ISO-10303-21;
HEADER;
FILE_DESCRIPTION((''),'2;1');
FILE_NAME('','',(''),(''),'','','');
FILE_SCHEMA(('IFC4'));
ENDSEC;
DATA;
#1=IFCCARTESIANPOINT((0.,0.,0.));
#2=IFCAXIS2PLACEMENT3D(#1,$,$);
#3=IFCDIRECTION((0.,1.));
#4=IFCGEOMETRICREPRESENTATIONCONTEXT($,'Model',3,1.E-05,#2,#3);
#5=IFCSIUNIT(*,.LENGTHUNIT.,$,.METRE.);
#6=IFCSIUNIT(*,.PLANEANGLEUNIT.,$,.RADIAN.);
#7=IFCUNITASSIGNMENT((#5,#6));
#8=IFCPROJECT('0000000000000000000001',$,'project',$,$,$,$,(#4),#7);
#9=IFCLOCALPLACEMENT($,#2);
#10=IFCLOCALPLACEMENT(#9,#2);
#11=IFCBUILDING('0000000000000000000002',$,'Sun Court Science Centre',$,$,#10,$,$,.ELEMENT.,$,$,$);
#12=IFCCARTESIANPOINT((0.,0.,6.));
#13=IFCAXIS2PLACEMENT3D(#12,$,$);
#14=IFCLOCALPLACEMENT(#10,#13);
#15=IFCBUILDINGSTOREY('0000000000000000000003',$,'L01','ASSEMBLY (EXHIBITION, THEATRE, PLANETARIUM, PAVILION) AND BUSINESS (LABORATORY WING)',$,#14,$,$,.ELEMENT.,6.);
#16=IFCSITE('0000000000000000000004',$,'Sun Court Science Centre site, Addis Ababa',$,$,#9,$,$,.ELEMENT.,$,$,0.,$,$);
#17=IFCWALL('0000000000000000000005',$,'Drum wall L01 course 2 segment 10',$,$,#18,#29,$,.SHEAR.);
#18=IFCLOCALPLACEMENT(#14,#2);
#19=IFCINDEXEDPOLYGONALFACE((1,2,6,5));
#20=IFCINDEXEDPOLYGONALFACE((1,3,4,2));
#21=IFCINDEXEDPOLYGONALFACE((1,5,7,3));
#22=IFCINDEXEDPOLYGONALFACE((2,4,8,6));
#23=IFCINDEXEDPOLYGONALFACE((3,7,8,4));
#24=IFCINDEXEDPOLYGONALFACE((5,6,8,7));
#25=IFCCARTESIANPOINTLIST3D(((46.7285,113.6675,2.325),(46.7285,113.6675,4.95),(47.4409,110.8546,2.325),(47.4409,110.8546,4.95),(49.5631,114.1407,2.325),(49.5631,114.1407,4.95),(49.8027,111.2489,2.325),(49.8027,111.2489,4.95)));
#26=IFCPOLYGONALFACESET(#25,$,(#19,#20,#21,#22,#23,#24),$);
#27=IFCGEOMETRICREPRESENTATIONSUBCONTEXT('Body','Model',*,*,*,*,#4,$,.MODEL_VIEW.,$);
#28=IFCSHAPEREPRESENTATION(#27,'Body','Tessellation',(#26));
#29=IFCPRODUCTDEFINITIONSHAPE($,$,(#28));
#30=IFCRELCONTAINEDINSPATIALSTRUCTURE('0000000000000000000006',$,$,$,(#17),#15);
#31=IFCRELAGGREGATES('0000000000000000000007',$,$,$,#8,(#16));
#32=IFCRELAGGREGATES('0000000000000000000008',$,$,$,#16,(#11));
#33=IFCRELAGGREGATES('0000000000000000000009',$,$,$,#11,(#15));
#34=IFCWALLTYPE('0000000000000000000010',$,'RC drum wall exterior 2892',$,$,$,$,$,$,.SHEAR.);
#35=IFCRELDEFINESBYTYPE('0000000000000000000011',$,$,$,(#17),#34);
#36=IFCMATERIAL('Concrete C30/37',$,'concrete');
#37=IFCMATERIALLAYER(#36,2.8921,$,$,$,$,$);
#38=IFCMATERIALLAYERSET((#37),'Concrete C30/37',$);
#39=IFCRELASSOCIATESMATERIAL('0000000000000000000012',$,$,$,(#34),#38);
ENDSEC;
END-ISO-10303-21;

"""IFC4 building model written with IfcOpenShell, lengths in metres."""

from ifc_helpers import new_model, si_unit, direction, frame, origin, place, context, subcontext, project, spatial, polyline, outline, extrude, material, layer, layer_set, type_object, element, save


model = new_model("IFC4")

# Units and contexts
model_context = context("Model", 3, precision=1e-05, world=origin(), true_north=direction((0.0, 1.0)))
body_context = subcontext(model_context, "Body", "Model", "MODEL_VIEW")
ifc_project = project(units=[si_unit("LENGTHUNIT", "METRE"), si_unit("PLANEANGLEUNIT", "RADIAN")], contexts=[model_context])

# Site, building, storey
site_placement = place(None, origin())
site = spatial("IfcSite", under=ifc_project, at=site_placement, Name="Sun Court Science Centre site, Addis Ababa", CompositionType="ELEMENT", RefElevation=0.0)
building_placement = place(site_placement, origin())
building = spatial("IfcBuilding", under=site, at=building_placement, Name="Sun Court Science Centre", CompositionType="ELEMENT")
storey_placement = place(building_placement, frame((0.0, 0.0, 6.0)))
storey = spatial("IfcBuildingStorey", under=building, at=storey_placement, Name="L01", Description="ASSEMBLY (EXHIBITION, THEATRE, PLANETARIUM, PAVILION) AND BUSINESS (LABORATORY WING)", CompositionType="ELEMENT", Elevation=6.0)

# Wall
ifc_material_1 = material(Name="Concrete C30/37", Category="concrete")
ifc_layer_1 = layer(ifc_material_1, 2.8921)
ifc_layer_set_1 = layer_set([ifc_layer_1], Name="Concrete C30/37")
wall_type_1 = type_object("IfcWallType", Name="RC drum wall exterior 2892", PredefinedType="SHEAR", material=ifc_layer_set_1)
wall_1_placement = place(storey_placement, frame((49.801, 112.7144, 2.325), z_axis=(0.0, 0.0, 1.0), x_axis=(-0.986366, -0.164564, 0.0)))
element("IfcWall", 1, at=wall_1_placement, inside=storey, type_object=wall_type_1, Name="Drum wall L01 course 2 segment 10", PredefinedType="SHEAR", context=body_context, shape_type="SweptSolid", body=[
    extrude(outline(polyline([(0.0, -1.446), (2.8738, -1.4458), (2.634, 1.446), (0.2395, 1.4458), (0.0, -1.446)])), origin(), (0.0, 0.0, 1.0), 2.625),
])

save(model, "model.ifc")
